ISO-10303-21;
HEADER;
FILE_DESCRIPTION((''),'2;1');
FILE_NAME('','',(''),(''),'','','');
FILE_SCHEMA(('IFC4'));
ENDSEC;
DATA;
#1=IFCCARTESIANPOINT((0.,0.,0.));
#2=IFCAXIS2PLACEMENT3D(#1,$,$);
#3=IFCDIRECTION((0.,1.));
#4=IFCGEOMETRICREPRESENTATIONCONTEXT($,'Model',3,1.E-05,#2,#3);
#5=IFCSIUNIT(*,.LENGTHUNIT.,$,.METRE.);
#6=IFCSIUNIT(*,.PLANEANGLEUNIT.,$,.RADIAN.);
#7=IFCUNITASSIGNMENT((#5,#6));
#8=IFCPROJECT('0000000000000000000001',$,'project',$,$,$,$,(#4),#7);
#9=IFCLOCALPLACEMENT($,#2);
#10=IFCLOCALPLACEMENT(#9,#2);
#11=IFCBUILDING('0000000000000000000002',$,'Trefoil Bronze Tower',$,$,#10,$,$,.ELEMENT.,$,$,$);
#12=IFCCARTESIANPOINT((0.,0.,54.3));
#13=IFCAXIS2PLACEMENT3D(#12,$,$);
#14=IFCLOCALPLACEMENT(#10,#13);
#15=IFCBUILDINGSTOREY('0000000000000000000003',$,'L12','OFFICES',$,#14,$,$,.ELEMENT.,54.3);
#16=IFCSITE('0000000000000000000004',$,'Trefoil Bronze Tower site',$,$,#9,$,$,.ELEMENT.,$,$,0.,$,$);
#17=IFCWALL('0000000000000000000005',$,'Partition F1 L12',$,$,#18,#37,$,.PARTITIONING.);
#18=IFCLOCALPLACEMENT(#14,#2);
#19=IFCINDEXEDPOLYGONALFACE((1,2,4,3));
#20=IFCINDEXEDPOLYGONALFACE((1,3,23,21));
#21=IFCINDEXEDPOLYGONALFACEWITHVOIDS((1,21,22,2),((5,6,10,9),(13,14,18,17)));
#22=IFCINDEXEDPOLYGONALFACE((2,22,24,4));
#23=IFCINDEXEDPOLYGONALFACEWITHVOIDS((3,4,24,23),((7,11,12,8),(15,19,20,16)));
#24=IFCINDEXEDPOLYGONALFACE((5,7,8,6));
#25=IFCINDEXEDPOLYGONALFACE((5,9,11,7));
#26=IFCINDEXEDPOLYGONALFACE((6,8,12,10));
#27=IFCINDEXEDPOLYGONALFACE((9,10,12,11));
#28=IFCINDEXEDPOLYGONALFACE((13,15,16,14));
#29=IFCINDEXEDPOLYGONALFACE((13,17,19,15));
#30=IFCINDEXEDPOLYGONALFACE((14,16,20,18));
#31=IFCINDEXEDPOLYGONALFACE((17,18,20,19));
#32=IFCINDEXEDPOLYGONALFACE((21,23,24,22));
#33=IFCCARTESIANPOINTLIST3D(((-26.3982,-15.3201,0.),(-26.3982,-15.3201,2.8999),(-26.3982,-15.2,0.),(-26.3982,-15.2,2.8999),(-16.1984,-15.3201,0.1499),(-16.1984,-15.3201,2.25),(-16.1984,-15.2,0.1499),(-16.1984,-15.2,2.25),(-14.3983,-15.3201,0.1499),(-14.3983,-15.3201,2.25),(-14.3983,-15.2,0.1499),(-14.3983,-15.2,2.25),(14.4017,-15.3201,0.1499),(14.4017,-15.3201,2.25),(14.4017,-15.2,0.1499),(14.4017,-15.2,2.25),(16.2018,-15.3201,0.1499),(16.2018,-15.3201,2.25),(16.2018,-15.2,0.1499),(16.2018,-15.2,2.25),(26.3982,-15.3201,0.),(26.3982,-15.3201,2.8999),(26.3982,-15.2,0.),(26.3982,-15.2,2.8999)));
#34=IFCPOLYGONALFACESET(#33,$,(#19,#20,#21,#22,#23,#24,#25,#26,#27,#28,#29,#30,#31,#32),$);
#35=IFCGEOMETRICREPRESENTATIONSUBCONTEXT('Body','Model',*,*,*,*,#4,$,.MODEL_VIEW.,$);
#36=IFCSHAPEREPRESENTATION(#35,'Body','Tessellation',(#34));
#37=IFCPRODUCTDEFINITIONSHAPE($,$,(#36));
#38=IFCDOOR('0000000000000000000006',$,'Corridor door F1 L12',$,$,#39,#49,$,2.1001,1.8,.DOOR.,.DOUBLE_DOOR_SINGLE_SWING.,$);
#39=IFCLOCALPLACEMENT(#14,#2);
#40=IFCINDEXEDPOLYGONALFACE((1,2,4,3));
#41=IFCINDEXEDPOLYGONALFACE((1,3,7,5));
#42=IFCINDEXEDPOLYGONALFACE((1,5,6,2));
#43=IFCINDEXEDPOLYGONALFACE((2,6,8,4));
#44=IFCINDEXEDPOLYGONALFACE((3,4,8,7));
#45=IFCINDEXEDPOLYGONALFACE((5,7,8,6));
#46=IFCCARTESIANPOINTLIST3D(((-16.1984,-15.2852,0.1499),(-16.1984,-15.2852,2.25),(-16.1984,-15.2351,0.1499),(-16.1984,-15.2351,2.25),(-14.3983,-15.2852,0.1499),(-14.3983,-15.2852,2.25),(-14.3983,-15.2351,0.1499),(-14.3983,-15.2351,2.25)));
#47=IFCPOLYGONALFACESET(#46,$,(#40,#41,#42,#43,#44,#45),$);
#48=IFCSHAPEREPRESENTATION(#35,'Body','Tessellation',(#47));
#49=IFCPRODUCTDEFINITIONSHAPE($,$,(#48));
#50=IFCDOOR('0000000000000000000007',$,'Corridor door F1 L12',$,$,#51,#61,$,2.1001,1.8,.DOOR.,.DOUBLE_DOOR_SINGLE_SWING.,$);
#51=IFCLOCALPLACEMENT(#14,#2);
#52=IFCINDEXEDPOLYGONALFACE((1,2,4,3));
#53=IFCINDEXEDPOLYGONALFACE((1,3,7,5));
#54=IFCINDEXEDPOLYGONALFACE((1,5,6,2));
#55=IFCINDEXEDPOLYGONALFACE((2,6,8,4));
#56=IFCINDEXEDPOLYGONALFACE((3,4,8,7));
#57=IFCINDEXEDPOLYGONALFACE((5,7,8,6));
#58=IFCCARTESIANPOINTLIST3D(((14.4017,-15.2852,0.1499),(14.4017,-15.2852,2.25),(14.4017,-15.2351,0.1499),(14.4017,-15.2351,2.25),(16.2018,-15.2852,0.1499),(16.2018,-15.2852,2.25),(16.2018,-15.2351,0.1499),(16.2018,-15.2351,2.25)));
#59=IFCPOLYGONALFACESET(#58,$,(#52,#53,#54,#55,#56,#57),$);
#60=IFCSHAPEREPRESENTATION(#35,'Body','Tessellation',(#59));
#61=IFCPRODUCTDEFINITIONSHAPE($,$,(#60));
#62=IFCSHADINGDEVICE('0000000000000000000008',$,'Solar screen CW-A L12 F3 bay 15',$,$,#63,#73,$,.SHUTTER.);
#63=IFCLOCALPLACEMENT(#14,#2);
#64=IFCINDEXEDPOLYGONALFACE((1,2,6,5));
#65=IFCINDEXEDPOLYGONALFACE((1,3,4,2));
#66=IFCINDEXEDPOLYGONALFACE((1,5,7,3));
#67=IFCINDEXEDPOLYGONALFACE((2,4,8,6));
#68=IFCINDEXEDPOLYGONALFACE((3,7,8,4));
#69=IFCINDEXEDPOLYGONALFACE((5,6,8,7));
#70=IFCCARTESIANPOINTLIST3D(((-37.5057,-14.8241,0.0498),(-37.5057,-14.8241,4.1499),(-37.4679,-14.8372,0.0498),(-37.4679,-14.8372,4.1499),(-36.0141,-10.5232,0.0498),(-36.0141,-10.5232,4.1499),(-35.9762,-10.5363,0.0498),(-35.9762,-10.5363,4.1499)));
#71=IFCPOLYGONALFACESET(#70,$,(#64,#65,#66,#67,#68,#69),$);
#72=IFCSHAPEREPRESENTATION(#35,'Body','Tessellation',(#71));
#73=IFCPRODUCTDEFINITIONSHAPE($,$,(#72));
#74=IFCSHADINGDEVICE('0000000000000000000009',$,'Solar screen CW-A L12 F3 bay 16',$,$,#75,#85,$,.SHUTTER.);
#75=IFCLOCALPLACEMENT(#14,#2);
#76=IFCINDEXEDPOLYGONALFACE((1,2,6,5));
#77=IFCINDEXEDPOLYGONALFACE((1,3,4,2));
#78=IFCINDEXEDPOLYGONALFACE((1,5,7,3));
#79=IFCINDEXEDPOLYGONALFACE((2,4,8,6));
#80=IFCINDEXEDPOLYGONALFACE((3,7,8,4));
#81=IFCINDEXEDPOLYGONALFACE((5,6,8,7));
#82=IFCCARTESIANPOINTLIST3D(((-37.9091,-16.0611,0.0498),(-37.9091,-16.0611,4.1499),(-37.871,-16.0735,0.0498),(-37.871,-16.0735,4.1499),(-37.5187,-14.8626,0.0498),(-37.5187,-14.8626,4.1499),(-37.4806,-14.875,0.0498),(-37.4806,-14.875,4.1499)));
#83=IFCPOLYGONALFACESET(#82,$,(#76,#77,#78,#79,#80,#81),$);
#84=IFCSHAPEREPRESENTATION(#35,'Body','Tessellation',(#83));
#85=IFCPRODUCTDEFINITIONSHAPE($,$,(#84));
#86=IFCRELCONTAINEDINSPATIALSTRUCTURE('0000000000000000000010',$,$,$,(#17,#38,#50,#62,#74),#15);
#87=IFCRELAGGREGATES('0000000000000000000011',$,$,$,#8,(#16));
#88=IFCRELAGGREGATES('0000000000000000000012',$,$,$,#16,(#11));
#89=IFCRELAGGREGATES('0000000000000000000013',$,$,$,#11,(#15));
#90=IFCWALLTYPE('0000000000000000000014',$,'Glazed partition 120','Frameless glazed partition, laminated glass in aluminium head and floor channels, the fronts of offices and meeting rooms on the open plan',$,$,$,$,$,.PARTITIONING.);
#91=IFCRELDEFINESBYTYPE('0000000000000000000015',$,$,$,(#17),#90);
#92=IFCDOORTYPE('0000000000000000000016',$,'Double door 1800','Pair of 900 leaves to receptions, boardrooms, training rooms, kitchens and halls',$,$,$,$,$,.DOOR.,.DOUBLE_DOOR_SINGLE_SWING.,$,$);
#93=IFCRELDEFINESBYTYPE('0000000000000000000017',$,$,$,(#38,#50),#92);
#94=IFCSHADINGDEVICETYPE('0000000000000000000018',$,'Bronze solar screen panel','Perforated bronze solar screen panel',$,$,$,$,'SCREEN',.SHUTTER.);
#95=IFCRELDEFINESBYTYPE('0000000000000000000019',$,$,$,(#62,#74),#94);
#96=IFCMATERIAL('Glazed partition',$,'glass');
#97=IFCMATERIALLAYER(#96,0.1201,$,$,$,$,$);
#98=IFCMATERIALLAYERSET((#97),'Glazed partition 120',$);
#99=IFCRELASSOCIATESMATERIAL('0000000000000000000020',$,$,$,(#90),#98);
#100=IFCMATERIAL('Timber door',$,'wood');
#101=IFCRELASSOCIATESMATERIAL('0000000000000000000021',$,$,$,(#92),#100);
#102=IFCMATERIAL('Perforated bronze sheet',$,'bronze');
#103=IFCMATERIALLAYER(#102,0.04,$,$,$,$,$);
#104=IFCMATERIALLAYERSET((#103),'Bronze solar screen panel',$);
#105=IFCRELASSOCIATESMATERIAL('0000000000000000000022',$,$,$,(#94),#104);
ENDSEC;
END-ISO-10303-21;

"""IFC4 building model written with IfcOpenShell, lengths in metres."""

from ifc_helpers import new_model, si_unit, direction, frame, frame_2d, origin, origin_2d, place, context, subcontext, project, spatial, rectangle, extrude, material, layer, layer_set, type_object, element, fill, save


model = new_model("IFC4")

# Units and contexts
model_context = context("Model", 3, precision=1e-05, world=origin(), true_north=direction((0.0, 1.0)))
body_context = subcontext(model_context, "Body", "Model", "MODEL_VIEW")
ifc_project = project(units=[si_unit("LENGTHUNIT", "METRE"), si_unit("PLANEANGLEUNIT", "RADIAN")], contexts=[model_context])

# Site, building, storey
site_placement = place(None, origin())
site = spatial("IfcSite", under=ifc_project, at=site_placement, Name="Trefoil Bronze Tower site", CompositionType="ELEMENT", RefElevation=0.0)
building_placement = place(site_placement, origin())
building = spatial("IfcBuilding", under=site, at=building_placement, Name="Trefoil Bronze Tower", CompositionType="ELEMENT")
storey_placement = place(building_placement, frame((0.0, 0.0, 54.3)))
storey = spatial("IfcBuildingStorey", under=building, at=storey_placement, Name="L12", Description="OFFICES", CompositionType="ELEMENT", Elevation=54.3)

# Wall, openings, doors
ifc_material_1 = material(Name="Glazed partition", Category="glass")
ifc_layer_1 = layer(ifc_material_1, 0.1201)
ifc_layer_set_1 = layer_set([ifc_layer_1], Name="Glazed partition 120")
wall_type = type_object("IfcWallType", Name="Glazed partition 120", Description="Frameless glazed partition, laminated glass in aluminium head and floor channels, the fronts of offices and meeting rooms on the open plan", PredefinedType="PARTITIONING", material=ifc_layer_set_1)
wall_placement = place(storey_placement, frame((-26.3982, -15.26, 0.0), z_axis=(0.0, 0.0, 1.0), x_axis=(1.0, 0.0, 0.0)))
wall = element("IfcWall", 1, at=wall_placement, inside=storey, type_object=wall_type, Name="Partition F1 L12", PredefinedType="PARTITIONING", context=body_context, shape_type="SweptSolid", body=[
    extrude(rectangle(XDim=52.7964, YDim=0.1201, at=frame_2d((26.3982, 0.0))), origin(), (0.0, 0.0, 1.0), 2.8999),
])
opening_1_placement = place(wall_placement, frame((10.2, 0.0, 0.1499)))
opening_1 = element("IfcOpeningElement", 2, at=opening_1_placement, cuts=wall, PredefinedType="OPENING", context=body_context, shape_type="SweptSolid", body=[
    extrude(rectangle(XDim=1.8, YDim=2.1001, at=frame_2d((0.8999, 1.05))), frame((0.0, 0.0701, 0.0), z_axis=(0.0, -1.0, 0.0), x_axis=(1.0, 0.0, 0.0)), (0.0, 0.0, 1.0), 0.1401),
])
opening_2_placement = place(wall_placement, frame((40.8, 0.0, 0.1499)))
opening_2 = element("IfcOpeningElement", 3, at=opening_2_placement, cuts=wall, PredefinedType="OPENING", context=body_context, shape_type="SweptSolid", body=[
    extrude(rectangle(XDim=1.8, YDim=2.1001, at=frame_2d((0.8999, 1.05))), frame((0.0, 0.0701, 0.0), z_axis=(0.0, -1.0, 0.0), x_axis=(1.0, 0.0, 0.0)), (0.0, 0.0, 1.0), 0.1401),
])
ifc_material_2 = material(Name="Timber door", Category="wood")
door_type = type_object("IfcDoorType", Name="Double door 1800", Description="Pair of 900 leaves to receptions, boardrooms, training rooms, kitchens and halls", OperationType="DOUBLE_DOOR_SINGLE_SWING", PredefinedType="DOOR", material=ifc_material_2)
door_1_placement = place(opening_1_placement, origin())
door_1 = element("IfcDoor", 4, at=door_1_placement, inside=storey, type_object=door_type, Name="Corridor door F1 L12", OperationType="DOUBLE_DOOR_SINGLE_SWING", OverallHeight=2.1001, OverallWidth=1.8, PredefinedType="DOOR", context=body_context, shape_type="SweptSolid", body=[
    extrude(rectangle(XDim=1.8, YDim=2.1001, at=frame_2d((0.8999, 1.05))), frame((0.0, 0.0249, 0.0), z_axis=(0.0, -1.0, 0.0), x_axis=(1.0, 0.0, 0.0)), (0.0, 0.0, 1.0), 0.05),
])
fill(opening_1, door_1)
door_2_placement = place(opening_2_placement, origin())
door_2 = element("IfcDoor", 5, at=door_2_placement, inside=storey, type_object=door_type, Name="Corridor door F1 L12", OperationType="DOUBLE_DOOR_SINGLE_SWING", OverallHeight=2.1001, OverallWidth=1.8, PredefinedType="DOOR", context=body_context, shape_type="SweptSolid", body=[
    extrude(rectangle(XDim=1.8, YDim=2.1001, at=frame_2d((0.8999, 1.05))), frame((0.0, 0.0249, 0.0), z_axis=(0.0, -1.0, 0.0), x_axis=(1.0, 0.0, 0.0)), (0.0, 0.0, 1.0), 0.05),
])
fill(opening_2, door_2)

# Shading devices
ifc_material_3 = material(Name="Perforated bronze sheet", Category="bronze")
ifc_layer_2 = layer(ifc_material_3, 0.04)
ifc_layer_set_2 = layer_set([ifc_layer_2], Name="Bronze solar screen panel")
shading_device_type = type_object("IfcShadingDeviceType", Name="Bronze solar screen panel", Description="Perforated bronze solar screen panel", ElementType="SCREEN", PredefinedType="SHUTTER", material=ifc_layer_set_2)
shading_device_1_placement = place(storey_placement, frame((-36.741, -12.6802, 0.0498), z_axis=(0.0, 0.0, 1.0), x_axis=(-0.327674, -0.944791, 0.0)))
element("IfcShadingDevice", 6, at=shading_device_1_placement, inside=storey, type_object=shading_device_type, Name="Solar screen CW-A L12 F3 bay 15", PredefinedType="SHUTTER", context=body_context, shape_type="SweptSolid", body=[
    extrude(rectangle(XDim=4.5522, YDim=0.04, at=origin_2d()), origin(), (0.0, 0.0, 1.0), 4.1001),
])
shading_device_2_placement = place(storey_placement, frame((-37.6948, -15.468, 0.0498), z_axis=(0.0, 0.0, 1.0), x_axis=(-0.309728, -0.950825, 0.0)))
element("IfcShadingDevice", 7, at=shading_device_2_placement, inside=storey, type_object=shading_device_type, Name="Solar screen CW-A L12 F3 bay 16", PredefinedType="SHUTTER", context=body_context, shape_type="SweptSolid", body=[
    extrude(rectangle(XDim=1.2605, YDim=0.04, at=origin_2d()), origin(), (0.0, 0.0, 1.0), 4.1001),
])

save(model, "model.ifc")
